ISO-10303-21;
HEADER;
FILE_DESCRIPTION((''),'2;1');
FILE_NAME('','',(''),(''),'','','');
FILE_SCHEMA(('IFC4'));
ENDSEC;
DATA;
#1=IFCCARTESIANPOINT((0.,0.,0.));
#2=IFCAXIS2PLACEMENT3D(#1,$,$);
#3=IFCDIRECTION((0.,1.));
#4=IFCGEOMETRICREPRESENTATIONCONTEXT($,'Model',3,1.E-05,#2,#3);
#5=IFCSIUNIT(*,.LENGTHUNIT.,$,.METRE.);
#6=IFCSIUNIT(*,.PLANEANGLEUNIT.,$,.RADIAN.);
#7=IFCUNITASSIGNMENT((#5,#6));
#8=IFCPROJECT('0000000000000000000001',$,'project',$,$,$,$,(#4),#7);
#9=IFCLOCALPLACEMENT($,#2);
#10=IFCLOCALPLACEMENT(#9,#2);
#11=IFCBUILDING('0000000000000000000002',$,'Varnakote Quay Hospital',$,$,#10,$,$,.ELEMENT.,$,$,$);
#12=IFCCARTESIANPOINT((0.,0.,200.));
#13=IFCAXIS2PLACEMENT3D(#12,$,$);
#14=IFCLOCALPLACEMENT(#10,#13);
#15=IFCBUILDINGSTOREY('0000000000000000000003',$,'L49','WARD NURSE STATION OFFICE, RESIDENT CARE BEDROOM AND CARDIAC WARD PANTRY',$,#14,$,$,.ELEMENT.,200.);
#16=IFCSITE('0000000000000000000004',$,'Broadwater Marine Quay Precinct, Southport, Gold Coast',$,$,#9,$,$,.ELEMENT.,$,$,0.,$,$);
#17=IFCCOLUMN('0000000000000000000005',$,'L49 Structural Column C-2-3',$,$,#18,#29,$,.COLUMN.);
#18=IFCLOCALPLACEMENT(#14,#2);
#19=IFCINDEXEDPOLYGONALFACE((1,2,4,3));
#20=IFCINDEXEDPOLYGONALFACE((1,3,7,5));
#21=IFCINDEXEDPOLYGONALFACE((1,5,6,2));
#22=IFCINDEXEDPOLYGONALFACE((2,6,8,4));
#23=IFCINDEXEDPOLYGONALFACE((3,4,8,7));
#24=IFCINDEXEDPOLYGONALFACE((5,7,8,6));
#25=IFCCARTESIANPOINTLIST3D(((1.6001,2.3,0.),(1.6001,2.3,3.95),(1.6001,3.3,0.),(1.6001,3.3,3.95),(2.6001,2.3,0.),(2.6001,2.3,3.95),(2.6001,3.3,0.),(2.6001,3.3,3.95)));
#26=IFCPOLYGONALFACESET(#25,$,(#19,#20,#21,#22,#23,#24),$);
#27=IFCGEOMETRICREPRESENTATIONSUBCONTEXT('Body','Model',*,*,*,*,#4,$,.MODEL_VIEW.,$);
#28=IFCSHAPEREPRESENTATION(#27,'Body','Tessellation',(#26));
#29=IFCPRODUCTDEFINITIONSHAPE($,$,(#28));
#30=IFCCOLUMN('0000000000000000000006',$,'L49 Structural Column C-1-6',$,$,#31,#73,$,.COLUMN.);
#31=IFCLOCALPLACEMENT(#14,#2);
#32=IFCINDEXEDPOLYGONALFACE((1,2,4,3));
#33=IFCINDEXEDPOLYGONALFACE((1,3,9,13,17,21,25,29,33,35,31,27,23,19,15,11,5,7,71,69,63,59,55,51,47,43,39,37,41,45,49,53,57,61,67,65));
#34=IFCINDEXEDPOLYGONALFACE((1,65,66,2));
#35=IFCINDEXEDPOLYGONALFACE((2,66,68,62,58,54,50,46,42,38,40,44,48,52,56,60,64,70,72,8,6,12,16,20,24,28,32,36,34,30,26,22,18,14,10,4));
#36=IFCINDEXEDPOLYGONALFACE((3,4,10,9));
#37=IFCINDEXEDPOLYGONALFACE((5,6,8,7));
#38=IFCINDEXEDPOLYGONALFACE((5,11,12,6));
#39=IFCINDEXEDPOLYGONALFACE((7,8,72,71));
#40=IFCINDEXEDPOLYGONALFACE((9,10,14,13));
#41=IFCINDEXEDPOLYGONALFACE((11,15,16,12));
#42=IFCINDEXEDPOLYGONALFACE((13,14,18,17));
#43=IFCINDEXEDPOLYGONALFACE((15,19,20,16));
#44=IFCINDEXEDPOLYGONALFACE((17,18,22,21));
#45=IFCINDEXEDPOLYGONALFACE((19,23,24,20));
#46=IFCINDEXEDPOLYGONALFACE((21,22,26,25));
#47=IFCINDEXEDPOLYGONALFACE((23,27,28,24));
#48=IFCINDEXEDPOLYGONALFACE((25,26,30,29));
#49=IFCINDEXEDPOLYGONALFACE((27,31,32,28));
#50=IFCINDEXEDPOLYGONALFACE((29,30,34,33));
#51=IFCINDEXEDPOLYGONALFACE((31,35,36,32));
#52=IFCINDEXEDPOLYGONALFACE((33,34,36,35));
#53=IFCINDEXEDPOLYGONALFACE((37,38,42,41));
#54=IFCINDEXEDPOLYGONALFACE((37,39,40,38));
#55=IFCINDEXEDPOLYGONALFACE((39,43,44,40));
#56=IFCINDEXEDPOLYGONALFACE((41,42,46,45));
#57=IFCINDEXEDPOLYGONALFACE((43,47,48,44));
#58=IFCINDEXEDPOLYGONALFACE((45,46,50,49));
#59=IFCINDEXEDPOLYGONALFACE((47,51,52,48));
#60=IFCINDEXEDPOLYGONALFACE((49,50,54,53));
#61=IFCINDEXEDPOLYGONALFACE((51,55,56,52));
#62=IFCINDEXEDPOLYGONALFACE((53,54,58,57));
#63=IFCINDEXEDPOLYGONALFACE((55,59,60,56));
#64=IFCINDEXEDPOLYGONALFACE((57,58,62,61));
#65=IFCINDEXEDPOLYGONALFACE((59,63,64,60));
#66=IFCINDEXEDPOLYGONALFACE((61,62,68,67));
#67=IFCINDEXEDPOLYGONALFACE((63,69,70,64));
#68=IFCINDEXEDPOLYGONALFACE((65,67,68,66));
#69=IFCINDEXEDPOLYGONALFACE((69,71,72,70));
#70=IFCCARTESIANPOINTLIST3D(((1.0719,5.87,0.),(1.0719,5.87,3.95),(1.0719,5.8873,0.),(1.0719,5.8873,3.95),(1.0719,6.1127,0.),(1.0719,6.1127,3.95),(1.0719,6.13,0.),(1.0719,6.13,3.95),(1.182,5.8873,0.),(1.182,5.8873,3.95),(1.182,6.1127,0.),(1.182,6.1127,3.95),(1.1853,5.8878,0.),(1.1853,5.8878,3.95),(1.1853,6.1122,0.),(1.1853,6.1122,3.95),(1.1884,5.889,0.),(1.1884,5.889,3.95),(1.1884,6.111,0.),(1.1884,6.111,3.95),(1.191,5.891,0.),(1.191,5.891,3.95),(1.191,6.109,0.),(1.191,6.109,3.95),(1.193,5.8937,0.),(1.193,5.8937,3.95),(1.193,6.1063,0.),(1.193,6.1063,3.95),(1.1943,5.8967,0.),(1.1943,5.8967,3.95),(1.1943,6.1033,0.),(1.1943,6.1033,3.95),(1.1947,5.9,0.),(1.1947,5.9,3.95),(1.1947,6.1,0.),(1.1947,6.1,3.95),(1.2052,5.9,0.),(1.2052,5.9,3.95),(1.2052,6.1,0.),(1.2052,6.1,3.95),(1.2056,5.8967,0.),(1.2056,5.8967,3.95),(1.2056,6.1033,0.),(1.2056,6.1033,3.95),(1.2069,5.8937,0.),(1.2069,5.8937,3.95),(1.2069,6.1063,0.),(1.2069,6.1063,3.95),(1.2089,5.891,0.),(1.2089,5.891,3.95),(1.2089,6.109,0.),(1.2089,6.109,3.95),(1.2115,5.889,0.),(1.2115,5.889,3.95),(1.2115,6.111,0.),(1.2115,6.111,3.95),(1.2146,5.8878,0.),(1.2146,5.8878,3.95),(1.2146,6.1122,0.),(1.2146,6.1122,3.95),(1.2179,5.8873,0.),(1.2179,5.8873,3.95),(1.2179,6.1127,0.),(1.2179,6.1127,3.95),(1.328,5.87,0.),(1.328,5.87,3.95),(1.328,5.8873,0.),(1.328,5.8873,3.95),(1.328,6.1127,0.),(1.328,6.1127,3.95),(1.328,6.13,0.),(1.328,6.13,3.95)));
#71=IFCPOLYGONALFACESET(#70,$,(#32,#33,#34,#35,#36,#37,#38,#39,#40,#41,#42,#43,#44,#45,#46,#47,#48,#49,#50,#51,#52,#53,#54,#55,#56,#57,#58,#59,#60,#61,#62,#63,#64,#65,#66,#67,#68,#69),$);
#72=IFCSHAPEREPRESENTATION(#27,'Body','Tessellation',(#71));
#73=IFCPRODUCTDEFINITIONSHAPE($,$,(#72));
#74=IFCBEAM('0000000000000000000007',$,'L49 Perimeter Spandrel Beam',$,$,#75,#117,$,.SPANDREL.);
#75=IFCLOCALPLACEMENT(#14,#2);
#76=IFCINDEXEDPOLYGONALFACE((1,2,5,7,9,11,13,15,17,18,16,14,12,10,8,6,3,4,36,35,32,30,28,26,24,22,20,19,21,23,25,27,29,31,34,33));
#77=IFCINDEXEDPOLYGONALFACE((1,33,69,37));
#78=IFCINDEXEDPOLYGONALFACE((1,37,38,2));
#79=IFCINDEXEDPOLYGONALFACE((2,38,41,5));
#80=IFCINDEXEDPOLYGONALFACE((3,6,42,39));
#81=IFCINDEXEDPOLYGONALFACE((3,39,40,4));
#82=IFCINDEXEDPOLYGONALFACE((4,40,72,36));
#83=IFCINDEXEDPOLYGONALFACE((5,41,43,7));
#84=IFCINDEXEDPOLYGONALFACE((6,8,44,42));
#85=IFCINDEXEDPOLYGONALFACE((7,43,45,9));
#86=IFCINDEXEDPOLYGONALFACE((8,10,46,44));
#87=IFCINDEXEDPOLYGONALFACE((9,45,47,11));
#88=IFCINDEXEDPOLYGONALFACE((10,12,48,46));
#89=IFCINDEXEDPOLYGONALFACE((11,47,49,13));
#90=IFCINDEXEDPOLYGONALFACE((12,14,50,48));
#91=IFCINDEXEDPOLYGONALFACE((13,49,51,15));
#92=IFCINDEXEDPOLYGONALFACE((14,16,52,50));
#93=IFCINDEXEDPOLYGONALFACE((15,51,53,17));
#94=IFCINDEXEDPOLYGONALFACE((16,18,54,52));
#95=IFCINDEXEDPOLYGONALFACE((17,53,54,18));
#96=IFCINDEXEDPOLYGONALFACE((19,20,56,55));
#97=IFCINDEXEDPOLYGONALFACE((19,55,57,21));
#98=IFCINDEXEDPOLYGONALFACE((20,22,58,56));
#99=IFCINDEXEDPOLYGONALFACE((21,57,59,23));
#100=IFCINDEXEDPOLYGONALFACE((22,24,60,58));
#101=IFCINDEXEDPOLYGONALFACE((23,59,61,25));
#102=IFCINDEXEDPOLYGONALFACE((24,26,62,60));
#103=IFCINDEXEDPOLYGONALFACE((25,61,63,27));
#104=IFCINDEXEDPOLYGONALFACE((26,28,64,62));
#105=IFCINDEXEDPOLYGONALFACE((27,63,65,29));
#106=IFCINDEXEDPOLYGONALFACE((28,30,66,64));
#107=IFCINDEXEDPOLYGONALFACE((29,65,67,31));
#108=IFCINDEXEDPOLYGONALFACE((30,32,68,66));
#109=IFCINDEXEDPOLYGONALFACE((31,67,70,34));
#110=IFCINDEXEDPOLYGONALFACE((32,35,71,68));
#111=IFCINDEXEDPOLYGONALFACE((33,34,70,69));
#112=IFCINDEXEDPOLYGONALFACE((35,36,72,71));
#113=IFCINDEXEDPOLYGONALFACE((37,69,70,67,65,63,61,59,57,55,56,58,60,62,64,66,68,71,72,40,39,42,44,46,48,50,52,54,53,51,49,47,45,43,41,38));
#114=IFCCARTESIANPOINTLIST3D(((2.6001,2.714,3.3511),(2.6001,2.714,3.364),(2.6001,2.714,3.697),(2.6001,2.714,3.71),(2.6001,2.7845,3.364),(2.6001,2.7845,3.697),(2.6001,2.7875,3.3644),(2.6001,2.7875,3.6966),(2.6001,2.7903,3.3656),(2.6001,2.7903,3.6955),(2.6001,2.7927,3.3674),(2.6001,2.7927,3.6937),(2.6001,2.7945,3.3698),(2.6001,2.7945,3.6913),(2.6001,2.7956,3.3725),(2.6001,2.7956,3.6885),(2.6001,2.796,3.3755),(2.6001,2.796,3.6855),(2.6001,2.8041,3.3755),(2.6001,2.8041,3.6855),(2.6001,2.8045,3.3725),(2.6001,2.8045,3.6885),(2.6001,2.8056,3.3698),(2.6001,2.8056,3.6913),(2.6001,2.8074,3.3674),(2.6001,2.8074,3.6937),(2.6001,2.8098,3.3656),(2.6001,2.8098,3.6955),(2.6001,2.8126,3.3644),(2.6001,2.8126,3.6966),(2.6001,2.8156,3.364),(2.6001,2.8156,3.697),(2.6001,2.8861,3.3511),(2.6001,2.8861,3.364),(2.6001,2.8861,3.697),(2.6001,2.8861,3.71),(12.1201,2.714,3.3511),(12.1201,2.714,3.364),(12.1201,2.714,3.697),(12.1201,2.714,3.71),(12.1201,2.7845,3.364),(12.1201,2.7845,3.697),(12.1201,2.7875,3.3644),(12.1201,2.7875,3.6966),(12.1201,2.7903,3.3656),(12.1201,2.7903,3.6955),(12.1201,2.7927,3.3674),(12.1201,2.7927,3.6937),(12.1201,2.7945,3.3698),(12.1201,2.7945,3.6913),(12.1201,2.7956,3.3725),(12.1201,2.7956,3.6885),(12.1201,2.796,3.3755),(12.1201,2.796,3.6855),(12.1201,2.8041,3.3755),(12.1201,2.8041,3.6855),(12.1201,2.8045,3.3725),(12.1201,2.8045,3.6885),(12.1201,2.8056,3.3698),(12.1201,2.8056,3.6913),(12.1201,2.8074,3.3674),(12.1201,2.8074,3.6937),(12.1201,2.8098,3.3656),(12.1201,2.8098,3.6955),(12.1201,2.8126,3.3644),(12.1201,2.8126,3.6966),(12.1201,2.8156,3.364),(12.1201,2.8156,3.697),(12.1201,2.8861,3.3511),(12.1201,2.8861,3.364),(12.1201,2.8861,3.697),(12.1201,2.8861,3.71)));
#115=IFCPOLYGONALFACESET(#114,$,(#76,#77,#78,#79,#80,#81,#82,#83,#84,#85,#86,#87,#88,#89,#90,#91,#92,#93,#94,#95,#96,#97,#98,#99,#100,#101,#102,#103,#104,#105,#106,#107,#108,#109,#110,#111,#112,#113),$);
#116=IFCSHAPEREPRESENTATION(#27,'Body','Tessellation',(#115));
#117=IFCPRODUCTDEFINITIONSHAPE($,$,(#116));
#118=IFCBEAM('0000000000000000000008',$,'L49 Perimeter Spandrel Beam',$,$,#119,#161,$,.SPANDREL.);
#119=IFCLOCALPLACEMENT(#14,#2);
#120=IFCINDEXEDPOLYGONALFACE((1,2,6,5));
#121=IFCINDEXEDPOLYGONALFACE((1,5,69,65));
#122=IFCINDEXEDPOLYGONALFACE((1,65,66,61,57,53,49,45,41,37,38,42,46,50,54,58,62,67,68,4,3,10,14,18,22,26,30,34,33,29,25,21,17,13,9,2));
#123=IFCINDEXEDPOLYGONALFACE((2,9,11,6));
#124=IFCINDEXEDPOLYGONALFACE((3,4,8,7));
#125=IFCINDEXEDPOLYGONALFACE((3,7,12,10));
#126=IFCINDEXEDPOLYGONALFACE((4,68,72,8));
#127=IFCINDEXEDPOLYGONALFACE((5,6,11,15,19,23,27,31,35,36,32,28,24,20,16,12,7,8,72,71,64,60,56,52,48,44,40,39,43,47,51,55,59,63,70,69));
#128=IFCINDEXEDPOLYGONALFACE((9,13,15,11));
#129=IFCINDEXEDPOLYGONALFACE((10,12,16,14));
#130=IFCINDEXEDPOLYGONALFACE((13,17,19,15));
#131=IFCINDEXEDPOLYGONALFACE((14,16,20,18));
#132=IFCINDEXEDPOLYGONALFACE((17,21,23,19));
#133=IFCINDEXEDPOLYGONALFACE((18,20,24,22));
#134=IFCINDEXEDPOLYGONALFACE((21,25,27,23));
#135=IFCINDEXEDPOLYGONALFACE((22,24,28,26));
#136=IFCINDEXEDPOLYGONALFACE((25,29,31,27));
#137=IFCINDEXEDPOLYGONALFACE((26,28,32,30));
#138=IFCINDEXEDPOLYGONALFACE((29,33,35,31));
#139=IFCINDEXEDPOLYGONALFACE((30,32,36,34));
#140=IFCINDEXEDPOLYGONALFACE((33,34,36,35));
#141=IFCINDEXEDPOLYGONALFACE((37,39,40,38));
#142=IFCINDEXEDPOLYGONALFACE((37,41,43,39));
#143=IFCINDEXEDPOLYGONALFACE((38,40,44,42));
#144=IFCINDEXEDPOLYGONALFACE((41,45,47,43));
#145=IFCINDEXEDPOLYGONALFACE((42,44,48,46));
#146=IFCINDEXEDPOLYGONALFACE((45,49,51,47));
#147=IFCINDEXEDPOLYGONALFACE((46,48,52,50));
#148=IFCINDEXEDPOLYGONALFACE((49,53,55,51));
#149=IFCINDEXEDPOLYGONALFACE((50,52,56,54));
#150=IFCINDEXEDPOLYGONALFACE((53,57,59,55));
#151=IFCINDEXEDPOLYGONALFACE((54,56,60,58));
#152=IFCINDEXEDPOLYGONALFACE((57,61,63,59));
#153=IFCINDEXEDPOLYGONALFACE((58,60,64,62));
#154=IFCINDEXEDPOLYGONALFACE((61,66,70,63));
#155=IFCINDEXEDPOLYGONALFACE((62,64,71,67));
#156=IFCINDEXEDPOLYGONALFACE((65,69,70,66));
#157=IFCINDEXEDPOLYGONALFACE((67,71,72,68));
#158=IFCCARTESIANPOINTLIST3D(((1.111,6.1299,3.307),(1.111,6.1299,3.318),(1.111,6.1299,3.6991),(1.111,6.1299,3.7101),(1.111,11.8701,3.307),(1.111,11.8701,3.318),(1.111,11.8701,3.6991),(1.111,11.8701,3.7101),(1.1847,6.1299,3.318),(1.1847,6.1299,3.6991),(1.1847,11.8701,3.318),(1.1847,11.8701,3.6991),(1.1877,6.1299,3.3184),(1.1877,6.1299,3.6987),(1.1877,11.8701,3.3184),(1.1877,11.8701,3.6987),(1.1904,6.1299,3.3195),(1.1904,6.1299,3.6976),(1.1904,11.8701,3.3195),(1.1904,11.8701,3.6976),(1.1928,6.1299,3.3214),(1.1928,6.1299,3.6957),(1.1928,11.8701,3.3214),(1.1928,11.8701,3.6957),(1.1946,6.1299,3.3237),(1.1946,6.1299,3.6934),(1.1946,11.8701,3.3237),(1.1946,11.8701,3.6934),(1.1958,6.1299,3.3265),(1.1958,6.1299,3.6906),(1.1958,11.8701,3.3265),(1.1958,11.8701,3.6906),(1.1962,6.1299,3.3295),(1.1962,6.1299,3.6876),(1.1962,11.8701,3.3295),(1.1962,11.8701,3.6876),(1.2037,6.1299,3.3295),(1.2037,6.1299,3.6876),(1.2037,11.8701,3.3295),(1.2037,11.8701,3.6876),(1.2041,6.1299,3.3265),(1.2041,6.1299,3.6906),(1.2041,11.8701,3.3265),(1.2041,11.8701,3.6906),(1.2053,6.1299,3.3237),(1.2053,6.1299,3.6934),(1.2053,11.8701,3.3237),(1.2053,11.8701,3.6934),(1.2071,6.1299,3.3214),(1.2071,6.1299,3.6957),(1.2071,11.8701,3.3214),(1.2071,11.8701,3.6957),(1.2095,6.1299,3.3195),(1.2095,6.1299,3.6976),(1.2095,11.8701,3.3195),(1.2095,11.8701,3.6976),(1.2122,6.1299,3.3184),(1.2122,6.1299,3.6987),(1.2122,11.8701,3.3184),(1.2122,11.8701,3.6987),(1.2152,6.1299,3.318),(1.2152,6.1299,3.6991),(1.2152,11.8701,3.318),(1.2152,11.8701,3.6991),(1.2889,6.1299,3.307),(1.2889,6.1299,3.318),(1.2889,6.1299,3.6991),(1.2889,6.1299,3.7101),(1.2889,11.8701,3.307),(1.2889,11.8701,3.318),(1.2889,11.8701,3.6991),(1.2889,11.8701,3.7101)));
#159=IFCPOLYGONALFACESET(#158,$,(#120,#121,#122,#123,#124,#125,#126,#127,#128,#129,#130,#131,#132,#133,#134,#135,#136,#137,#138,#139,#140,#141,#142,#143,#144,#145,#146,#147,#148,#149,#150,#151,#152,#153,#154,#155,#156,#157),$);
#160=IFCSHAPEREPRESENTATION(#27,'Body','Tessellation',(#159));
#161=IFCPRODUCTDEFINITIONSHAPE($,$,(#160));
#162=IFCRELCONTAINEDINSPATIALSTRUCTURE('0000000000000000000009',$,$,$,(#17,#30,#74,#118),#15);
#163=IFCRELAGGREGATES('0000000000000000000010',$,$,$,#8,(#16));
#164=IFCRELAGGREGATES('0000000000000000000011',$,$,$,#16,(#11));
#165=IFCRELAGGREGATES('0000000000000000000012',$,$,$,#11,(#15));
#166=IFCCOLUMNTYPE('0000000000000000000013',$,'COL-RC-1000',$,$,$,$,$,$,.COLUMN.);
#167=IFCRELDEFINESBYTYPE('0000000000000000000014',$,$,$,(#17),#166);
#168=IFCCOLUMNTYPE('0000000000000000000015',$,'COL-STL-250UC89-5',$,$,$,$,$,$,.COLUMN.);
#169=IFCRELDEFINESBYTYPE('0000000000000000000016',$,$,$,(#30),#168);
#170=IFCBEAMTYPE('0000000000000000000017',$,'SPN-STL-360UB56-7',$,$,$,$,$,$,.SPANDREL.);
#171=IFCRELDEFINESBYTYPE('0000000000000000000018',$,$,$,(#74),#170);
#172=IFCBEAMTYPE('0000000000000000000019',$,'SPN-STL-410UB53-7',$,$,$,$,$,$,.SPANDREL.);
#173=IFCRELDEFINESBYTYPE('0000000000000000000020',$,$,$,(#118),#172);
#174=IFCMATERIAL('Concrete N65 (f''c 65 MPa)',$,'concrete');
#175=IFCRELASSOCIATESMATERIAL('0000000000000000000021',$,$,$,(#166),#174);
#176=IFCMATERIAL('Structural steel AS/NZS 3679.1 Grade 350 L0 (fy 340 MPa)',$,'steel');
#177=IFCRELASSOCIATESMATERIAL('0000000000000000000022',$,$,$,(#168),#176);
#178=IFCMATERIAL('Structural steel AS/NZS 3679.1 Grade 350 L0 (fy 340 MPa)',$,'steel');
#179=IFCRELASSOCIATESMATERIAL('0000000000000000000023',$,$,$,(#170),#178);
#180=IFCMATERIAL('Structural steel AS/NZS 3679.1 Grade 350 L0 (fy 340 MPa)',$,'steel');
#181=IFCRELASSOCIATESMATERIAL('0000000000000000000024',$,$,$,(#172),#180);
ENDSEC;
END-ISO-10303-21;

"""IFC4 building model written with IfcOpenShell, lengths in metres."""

from ifc_helpers import new_model, si_unit, direction, frame, origin, origin_2d, place, context, subcontext, project, spatial, rectangle, i_section, extrude, material, material_profile, profile_set, type_object, element, save


model = new_model("IFC4")

# Units and contexts
model_context = context("Model", 3, precision=1e-05, world=origin(), true_north=direction((0.0, 1.0)))
body_context = subcontext(model_context, "Body", "Model", "MODEL_VIEW")
ifc_project = project(units=[si_unit("LENGTHUNIT", "METRE"), si_unit("PLANEANGLEUNIT", "RADIAN")], contexts=[model_context])

# Site, building, storey
site_placement = place(None, origin())
site = spatial("IfcSite", under=ifc_project, at=site_placement, Name="Broadwater Marine Quay Precinct, Southport, Gold Coast", CompositionType="ELEMENT", RefElevation=0.0)
building_placement = place(site_placement, origin())
building = spatial("IfcBuilding", under=site, at=building_placement, Name="Varnakote Quay Hospital", CompositionType="ELEMENT")
storey_placement = place(building_placement, frame((0.0, 0.0, 200.0)))
storey = spatial("IfcBuildingStorey", under=building, at=storey_placement, Name="L49", Description="WARD NURSE STATION OFFICE, RESIDENT CARE BEDROOM AND CARDIAC WARD PANTRY", CompositionType="ELEMENT", Elevation=200.0)

# Columns
ifc_material_1 = material(Name="Concrete N65 (f'c 65 MPa)", Category="concrete")
ifc_material_profile_1 = material_profile(ifc_material_1, rectangle(XDim=1.0, YDim=1.0, at=origin_2d()), Name="RC-COL-1000x1000")
ifc_profile_set_1 = profile_set([ifc_material_profile_1], Name="Concrete N65 (f'c 65 MPa)")
column_type_1 = type_object("IfcColumnType", Name="COL-RC-1000", PredefinedType="COLUMN", material=ifc_profile_set_1)
column_1_placement = place(storey_placement, frame((2.1001, 2.8, 0.0), z_axis=(0.0, 0.0, 1.0), x_axis=(1.0, 0.0, 0.0)))
element("IfcColumn", 1, at=column_1_placement, inside=storey, type_object=column_type_1, Name="L49 Structural Column C-2-3", PredefinedType="COLUMN", context=body_context, shape_type="SweptSolid", body=[
    extrude(rectangle(XDim=1.0, YDim=1.0, at=origin_2d()), origin(), (0.0, 0.0, 1.0), 3.95),
])
ifc_material_2 = material(Name="Structural steel AS/NZS 3679.1 Grade 350 L0 (fy 340 MPa)", Category="steel")
ifc_material_profile_2 = material_profile(ifc_material_2, i_section(OverallWidth=0.2561, OverallDepth=0.26, WebThickness=0.0105, FlangeThickness=0.0173, FilletRadius=0.0127, at=origin_2d()), Name="250UC89.5")
ifc_profile_set_2 = profile_set([ifc_material_profile_2], Name="Structural steel AS/NZS 3679.1 Grade 350 L0 (fy 340 MPa)")
column_type_2 = type_object("IfcColumnType", Name="COL-STL-250UC89-5", PredefinedType="COLUMN", material=ifc_profile_set_2)
column_2_placement = place(storey_placement, frame((1.2, 6.0, 0.0), z_axis=(0.0, 0.0, 1.0), x_axis=(1.0, 0.0, 0.0)))
element("IfcColumn", 2, at=column_2_placement, inside=storey, type_object=column_type_2, Name="L49 Structural Column C-1-6", PredefinedType="COLUMN", context=body_context, shape_type="SweptSolid", body=[
    extrude(i_section(OverallWidth=0.2561, OverallDepth=0.26, WebThickness=0.0105, FlangeThickness=0.0173, FilletRadius=0.0127, at=origin_2d()), origin(), (0.0, 0.0, 1.0), 3.95),
])

# Beams
ifc_material_3 = material(Name="Structural steel AS/NZS 3679.1 Grade 350 L0 (fy 340 MPa)", Category="steel")
ifc_material_profile_3 = material_profile(ifc_material_3, i_section(OverallWidth=0.1721, OverallDepth=0.3589, WebThickness=0.0081, FlangeThickness=0.0129, FilletRadius=0.0115, at=origin_2d()), Name="360UB56.7")
ifc_profile_set_3 = profile_set([ifc_material_profile_3], Name="Structural steel AS/NZS 3679.1 Grade 350 L0 (fy 340 MPa)")
beam_type_1 = type_object("IfcBeamType", Name="SPN-STL-360UB56-7", PredefinedType="SPANDREL", material=ifc_profile_set_3)
beam_1_placement = place(storey_placement, frame((2.6001, 2.8, 3.5305), z_axis=(1.0, 0.0, 0.0), x_axis=(0.0, 1.0, 0.0)))
element("IfcBeam", 3, at=beam_1_placement, inside=storey, type_object=beam_type_1, Name="L49 Perimeter Spandrel Beam", PredefinedType="SPANDREL", context=body_context, shape_type="SweptSolid", body=[
    extrude(i_section(OverallWidth=0.1721, OverallDepth=0.3589, WebThickness=0.0081, FlangeThickness=0.0129, FilletRadius=0.0115, at=origin_2d()), origin(), (0.0, 0.0, 1.0), 9.52),
])
ifc_material_4 = material(Name="Structural steel AS/NZS 3679.1 Grade 350 L0 (fy 340 MPa)", Category="steel")
ifc_material_profile_4 = material_profile(ifc_material_4, i_section(OverallWidth=0.178, OverallDepth=0.4031, WebThickness=0.0076, FlangeThickness=0.011, FilletRadius=0.0115, at=origin_2d()), Name="410UB53.7")
ifc_profile_set_4 = profile_set([ifc_material_profile_4], Name="Structural steel AS/NZS 3679.1 Grade 350 L0 (fy 340 MPa)")
beam_type_2 = type_object("IfcBeamType", Name="SPN-STL-410UB53-7", PredefinedType="SPANDREL", material=ifc_profile_set_4)
beam_2_placement = place(storey_placement, frame((1.2, 6.1299, 3.5085), z_axis=(0.0, 1.0, 0.0), x_axis=(-1.0, 0.0, 0.0)))
element("IfcBeam", 4, at=beam_2_placement, inside=storey, type_object=beam_type_2, Name="L49 Perimeter Spandrel Beam", PredefinedType="SPANDREL", context=body_context, shape_type="SweptSolid", body=[
    extrude(i_section(OverallWidth=0.178, OverallDepth=0.4031, WebThickness=0.0076, FlangeThickness=0.011, FilletRadius=0.0115, at=origin_2d()), origin(), (0.0, 0.0, 1.0), 5.7402),
])

save(model, "model.ifc")
